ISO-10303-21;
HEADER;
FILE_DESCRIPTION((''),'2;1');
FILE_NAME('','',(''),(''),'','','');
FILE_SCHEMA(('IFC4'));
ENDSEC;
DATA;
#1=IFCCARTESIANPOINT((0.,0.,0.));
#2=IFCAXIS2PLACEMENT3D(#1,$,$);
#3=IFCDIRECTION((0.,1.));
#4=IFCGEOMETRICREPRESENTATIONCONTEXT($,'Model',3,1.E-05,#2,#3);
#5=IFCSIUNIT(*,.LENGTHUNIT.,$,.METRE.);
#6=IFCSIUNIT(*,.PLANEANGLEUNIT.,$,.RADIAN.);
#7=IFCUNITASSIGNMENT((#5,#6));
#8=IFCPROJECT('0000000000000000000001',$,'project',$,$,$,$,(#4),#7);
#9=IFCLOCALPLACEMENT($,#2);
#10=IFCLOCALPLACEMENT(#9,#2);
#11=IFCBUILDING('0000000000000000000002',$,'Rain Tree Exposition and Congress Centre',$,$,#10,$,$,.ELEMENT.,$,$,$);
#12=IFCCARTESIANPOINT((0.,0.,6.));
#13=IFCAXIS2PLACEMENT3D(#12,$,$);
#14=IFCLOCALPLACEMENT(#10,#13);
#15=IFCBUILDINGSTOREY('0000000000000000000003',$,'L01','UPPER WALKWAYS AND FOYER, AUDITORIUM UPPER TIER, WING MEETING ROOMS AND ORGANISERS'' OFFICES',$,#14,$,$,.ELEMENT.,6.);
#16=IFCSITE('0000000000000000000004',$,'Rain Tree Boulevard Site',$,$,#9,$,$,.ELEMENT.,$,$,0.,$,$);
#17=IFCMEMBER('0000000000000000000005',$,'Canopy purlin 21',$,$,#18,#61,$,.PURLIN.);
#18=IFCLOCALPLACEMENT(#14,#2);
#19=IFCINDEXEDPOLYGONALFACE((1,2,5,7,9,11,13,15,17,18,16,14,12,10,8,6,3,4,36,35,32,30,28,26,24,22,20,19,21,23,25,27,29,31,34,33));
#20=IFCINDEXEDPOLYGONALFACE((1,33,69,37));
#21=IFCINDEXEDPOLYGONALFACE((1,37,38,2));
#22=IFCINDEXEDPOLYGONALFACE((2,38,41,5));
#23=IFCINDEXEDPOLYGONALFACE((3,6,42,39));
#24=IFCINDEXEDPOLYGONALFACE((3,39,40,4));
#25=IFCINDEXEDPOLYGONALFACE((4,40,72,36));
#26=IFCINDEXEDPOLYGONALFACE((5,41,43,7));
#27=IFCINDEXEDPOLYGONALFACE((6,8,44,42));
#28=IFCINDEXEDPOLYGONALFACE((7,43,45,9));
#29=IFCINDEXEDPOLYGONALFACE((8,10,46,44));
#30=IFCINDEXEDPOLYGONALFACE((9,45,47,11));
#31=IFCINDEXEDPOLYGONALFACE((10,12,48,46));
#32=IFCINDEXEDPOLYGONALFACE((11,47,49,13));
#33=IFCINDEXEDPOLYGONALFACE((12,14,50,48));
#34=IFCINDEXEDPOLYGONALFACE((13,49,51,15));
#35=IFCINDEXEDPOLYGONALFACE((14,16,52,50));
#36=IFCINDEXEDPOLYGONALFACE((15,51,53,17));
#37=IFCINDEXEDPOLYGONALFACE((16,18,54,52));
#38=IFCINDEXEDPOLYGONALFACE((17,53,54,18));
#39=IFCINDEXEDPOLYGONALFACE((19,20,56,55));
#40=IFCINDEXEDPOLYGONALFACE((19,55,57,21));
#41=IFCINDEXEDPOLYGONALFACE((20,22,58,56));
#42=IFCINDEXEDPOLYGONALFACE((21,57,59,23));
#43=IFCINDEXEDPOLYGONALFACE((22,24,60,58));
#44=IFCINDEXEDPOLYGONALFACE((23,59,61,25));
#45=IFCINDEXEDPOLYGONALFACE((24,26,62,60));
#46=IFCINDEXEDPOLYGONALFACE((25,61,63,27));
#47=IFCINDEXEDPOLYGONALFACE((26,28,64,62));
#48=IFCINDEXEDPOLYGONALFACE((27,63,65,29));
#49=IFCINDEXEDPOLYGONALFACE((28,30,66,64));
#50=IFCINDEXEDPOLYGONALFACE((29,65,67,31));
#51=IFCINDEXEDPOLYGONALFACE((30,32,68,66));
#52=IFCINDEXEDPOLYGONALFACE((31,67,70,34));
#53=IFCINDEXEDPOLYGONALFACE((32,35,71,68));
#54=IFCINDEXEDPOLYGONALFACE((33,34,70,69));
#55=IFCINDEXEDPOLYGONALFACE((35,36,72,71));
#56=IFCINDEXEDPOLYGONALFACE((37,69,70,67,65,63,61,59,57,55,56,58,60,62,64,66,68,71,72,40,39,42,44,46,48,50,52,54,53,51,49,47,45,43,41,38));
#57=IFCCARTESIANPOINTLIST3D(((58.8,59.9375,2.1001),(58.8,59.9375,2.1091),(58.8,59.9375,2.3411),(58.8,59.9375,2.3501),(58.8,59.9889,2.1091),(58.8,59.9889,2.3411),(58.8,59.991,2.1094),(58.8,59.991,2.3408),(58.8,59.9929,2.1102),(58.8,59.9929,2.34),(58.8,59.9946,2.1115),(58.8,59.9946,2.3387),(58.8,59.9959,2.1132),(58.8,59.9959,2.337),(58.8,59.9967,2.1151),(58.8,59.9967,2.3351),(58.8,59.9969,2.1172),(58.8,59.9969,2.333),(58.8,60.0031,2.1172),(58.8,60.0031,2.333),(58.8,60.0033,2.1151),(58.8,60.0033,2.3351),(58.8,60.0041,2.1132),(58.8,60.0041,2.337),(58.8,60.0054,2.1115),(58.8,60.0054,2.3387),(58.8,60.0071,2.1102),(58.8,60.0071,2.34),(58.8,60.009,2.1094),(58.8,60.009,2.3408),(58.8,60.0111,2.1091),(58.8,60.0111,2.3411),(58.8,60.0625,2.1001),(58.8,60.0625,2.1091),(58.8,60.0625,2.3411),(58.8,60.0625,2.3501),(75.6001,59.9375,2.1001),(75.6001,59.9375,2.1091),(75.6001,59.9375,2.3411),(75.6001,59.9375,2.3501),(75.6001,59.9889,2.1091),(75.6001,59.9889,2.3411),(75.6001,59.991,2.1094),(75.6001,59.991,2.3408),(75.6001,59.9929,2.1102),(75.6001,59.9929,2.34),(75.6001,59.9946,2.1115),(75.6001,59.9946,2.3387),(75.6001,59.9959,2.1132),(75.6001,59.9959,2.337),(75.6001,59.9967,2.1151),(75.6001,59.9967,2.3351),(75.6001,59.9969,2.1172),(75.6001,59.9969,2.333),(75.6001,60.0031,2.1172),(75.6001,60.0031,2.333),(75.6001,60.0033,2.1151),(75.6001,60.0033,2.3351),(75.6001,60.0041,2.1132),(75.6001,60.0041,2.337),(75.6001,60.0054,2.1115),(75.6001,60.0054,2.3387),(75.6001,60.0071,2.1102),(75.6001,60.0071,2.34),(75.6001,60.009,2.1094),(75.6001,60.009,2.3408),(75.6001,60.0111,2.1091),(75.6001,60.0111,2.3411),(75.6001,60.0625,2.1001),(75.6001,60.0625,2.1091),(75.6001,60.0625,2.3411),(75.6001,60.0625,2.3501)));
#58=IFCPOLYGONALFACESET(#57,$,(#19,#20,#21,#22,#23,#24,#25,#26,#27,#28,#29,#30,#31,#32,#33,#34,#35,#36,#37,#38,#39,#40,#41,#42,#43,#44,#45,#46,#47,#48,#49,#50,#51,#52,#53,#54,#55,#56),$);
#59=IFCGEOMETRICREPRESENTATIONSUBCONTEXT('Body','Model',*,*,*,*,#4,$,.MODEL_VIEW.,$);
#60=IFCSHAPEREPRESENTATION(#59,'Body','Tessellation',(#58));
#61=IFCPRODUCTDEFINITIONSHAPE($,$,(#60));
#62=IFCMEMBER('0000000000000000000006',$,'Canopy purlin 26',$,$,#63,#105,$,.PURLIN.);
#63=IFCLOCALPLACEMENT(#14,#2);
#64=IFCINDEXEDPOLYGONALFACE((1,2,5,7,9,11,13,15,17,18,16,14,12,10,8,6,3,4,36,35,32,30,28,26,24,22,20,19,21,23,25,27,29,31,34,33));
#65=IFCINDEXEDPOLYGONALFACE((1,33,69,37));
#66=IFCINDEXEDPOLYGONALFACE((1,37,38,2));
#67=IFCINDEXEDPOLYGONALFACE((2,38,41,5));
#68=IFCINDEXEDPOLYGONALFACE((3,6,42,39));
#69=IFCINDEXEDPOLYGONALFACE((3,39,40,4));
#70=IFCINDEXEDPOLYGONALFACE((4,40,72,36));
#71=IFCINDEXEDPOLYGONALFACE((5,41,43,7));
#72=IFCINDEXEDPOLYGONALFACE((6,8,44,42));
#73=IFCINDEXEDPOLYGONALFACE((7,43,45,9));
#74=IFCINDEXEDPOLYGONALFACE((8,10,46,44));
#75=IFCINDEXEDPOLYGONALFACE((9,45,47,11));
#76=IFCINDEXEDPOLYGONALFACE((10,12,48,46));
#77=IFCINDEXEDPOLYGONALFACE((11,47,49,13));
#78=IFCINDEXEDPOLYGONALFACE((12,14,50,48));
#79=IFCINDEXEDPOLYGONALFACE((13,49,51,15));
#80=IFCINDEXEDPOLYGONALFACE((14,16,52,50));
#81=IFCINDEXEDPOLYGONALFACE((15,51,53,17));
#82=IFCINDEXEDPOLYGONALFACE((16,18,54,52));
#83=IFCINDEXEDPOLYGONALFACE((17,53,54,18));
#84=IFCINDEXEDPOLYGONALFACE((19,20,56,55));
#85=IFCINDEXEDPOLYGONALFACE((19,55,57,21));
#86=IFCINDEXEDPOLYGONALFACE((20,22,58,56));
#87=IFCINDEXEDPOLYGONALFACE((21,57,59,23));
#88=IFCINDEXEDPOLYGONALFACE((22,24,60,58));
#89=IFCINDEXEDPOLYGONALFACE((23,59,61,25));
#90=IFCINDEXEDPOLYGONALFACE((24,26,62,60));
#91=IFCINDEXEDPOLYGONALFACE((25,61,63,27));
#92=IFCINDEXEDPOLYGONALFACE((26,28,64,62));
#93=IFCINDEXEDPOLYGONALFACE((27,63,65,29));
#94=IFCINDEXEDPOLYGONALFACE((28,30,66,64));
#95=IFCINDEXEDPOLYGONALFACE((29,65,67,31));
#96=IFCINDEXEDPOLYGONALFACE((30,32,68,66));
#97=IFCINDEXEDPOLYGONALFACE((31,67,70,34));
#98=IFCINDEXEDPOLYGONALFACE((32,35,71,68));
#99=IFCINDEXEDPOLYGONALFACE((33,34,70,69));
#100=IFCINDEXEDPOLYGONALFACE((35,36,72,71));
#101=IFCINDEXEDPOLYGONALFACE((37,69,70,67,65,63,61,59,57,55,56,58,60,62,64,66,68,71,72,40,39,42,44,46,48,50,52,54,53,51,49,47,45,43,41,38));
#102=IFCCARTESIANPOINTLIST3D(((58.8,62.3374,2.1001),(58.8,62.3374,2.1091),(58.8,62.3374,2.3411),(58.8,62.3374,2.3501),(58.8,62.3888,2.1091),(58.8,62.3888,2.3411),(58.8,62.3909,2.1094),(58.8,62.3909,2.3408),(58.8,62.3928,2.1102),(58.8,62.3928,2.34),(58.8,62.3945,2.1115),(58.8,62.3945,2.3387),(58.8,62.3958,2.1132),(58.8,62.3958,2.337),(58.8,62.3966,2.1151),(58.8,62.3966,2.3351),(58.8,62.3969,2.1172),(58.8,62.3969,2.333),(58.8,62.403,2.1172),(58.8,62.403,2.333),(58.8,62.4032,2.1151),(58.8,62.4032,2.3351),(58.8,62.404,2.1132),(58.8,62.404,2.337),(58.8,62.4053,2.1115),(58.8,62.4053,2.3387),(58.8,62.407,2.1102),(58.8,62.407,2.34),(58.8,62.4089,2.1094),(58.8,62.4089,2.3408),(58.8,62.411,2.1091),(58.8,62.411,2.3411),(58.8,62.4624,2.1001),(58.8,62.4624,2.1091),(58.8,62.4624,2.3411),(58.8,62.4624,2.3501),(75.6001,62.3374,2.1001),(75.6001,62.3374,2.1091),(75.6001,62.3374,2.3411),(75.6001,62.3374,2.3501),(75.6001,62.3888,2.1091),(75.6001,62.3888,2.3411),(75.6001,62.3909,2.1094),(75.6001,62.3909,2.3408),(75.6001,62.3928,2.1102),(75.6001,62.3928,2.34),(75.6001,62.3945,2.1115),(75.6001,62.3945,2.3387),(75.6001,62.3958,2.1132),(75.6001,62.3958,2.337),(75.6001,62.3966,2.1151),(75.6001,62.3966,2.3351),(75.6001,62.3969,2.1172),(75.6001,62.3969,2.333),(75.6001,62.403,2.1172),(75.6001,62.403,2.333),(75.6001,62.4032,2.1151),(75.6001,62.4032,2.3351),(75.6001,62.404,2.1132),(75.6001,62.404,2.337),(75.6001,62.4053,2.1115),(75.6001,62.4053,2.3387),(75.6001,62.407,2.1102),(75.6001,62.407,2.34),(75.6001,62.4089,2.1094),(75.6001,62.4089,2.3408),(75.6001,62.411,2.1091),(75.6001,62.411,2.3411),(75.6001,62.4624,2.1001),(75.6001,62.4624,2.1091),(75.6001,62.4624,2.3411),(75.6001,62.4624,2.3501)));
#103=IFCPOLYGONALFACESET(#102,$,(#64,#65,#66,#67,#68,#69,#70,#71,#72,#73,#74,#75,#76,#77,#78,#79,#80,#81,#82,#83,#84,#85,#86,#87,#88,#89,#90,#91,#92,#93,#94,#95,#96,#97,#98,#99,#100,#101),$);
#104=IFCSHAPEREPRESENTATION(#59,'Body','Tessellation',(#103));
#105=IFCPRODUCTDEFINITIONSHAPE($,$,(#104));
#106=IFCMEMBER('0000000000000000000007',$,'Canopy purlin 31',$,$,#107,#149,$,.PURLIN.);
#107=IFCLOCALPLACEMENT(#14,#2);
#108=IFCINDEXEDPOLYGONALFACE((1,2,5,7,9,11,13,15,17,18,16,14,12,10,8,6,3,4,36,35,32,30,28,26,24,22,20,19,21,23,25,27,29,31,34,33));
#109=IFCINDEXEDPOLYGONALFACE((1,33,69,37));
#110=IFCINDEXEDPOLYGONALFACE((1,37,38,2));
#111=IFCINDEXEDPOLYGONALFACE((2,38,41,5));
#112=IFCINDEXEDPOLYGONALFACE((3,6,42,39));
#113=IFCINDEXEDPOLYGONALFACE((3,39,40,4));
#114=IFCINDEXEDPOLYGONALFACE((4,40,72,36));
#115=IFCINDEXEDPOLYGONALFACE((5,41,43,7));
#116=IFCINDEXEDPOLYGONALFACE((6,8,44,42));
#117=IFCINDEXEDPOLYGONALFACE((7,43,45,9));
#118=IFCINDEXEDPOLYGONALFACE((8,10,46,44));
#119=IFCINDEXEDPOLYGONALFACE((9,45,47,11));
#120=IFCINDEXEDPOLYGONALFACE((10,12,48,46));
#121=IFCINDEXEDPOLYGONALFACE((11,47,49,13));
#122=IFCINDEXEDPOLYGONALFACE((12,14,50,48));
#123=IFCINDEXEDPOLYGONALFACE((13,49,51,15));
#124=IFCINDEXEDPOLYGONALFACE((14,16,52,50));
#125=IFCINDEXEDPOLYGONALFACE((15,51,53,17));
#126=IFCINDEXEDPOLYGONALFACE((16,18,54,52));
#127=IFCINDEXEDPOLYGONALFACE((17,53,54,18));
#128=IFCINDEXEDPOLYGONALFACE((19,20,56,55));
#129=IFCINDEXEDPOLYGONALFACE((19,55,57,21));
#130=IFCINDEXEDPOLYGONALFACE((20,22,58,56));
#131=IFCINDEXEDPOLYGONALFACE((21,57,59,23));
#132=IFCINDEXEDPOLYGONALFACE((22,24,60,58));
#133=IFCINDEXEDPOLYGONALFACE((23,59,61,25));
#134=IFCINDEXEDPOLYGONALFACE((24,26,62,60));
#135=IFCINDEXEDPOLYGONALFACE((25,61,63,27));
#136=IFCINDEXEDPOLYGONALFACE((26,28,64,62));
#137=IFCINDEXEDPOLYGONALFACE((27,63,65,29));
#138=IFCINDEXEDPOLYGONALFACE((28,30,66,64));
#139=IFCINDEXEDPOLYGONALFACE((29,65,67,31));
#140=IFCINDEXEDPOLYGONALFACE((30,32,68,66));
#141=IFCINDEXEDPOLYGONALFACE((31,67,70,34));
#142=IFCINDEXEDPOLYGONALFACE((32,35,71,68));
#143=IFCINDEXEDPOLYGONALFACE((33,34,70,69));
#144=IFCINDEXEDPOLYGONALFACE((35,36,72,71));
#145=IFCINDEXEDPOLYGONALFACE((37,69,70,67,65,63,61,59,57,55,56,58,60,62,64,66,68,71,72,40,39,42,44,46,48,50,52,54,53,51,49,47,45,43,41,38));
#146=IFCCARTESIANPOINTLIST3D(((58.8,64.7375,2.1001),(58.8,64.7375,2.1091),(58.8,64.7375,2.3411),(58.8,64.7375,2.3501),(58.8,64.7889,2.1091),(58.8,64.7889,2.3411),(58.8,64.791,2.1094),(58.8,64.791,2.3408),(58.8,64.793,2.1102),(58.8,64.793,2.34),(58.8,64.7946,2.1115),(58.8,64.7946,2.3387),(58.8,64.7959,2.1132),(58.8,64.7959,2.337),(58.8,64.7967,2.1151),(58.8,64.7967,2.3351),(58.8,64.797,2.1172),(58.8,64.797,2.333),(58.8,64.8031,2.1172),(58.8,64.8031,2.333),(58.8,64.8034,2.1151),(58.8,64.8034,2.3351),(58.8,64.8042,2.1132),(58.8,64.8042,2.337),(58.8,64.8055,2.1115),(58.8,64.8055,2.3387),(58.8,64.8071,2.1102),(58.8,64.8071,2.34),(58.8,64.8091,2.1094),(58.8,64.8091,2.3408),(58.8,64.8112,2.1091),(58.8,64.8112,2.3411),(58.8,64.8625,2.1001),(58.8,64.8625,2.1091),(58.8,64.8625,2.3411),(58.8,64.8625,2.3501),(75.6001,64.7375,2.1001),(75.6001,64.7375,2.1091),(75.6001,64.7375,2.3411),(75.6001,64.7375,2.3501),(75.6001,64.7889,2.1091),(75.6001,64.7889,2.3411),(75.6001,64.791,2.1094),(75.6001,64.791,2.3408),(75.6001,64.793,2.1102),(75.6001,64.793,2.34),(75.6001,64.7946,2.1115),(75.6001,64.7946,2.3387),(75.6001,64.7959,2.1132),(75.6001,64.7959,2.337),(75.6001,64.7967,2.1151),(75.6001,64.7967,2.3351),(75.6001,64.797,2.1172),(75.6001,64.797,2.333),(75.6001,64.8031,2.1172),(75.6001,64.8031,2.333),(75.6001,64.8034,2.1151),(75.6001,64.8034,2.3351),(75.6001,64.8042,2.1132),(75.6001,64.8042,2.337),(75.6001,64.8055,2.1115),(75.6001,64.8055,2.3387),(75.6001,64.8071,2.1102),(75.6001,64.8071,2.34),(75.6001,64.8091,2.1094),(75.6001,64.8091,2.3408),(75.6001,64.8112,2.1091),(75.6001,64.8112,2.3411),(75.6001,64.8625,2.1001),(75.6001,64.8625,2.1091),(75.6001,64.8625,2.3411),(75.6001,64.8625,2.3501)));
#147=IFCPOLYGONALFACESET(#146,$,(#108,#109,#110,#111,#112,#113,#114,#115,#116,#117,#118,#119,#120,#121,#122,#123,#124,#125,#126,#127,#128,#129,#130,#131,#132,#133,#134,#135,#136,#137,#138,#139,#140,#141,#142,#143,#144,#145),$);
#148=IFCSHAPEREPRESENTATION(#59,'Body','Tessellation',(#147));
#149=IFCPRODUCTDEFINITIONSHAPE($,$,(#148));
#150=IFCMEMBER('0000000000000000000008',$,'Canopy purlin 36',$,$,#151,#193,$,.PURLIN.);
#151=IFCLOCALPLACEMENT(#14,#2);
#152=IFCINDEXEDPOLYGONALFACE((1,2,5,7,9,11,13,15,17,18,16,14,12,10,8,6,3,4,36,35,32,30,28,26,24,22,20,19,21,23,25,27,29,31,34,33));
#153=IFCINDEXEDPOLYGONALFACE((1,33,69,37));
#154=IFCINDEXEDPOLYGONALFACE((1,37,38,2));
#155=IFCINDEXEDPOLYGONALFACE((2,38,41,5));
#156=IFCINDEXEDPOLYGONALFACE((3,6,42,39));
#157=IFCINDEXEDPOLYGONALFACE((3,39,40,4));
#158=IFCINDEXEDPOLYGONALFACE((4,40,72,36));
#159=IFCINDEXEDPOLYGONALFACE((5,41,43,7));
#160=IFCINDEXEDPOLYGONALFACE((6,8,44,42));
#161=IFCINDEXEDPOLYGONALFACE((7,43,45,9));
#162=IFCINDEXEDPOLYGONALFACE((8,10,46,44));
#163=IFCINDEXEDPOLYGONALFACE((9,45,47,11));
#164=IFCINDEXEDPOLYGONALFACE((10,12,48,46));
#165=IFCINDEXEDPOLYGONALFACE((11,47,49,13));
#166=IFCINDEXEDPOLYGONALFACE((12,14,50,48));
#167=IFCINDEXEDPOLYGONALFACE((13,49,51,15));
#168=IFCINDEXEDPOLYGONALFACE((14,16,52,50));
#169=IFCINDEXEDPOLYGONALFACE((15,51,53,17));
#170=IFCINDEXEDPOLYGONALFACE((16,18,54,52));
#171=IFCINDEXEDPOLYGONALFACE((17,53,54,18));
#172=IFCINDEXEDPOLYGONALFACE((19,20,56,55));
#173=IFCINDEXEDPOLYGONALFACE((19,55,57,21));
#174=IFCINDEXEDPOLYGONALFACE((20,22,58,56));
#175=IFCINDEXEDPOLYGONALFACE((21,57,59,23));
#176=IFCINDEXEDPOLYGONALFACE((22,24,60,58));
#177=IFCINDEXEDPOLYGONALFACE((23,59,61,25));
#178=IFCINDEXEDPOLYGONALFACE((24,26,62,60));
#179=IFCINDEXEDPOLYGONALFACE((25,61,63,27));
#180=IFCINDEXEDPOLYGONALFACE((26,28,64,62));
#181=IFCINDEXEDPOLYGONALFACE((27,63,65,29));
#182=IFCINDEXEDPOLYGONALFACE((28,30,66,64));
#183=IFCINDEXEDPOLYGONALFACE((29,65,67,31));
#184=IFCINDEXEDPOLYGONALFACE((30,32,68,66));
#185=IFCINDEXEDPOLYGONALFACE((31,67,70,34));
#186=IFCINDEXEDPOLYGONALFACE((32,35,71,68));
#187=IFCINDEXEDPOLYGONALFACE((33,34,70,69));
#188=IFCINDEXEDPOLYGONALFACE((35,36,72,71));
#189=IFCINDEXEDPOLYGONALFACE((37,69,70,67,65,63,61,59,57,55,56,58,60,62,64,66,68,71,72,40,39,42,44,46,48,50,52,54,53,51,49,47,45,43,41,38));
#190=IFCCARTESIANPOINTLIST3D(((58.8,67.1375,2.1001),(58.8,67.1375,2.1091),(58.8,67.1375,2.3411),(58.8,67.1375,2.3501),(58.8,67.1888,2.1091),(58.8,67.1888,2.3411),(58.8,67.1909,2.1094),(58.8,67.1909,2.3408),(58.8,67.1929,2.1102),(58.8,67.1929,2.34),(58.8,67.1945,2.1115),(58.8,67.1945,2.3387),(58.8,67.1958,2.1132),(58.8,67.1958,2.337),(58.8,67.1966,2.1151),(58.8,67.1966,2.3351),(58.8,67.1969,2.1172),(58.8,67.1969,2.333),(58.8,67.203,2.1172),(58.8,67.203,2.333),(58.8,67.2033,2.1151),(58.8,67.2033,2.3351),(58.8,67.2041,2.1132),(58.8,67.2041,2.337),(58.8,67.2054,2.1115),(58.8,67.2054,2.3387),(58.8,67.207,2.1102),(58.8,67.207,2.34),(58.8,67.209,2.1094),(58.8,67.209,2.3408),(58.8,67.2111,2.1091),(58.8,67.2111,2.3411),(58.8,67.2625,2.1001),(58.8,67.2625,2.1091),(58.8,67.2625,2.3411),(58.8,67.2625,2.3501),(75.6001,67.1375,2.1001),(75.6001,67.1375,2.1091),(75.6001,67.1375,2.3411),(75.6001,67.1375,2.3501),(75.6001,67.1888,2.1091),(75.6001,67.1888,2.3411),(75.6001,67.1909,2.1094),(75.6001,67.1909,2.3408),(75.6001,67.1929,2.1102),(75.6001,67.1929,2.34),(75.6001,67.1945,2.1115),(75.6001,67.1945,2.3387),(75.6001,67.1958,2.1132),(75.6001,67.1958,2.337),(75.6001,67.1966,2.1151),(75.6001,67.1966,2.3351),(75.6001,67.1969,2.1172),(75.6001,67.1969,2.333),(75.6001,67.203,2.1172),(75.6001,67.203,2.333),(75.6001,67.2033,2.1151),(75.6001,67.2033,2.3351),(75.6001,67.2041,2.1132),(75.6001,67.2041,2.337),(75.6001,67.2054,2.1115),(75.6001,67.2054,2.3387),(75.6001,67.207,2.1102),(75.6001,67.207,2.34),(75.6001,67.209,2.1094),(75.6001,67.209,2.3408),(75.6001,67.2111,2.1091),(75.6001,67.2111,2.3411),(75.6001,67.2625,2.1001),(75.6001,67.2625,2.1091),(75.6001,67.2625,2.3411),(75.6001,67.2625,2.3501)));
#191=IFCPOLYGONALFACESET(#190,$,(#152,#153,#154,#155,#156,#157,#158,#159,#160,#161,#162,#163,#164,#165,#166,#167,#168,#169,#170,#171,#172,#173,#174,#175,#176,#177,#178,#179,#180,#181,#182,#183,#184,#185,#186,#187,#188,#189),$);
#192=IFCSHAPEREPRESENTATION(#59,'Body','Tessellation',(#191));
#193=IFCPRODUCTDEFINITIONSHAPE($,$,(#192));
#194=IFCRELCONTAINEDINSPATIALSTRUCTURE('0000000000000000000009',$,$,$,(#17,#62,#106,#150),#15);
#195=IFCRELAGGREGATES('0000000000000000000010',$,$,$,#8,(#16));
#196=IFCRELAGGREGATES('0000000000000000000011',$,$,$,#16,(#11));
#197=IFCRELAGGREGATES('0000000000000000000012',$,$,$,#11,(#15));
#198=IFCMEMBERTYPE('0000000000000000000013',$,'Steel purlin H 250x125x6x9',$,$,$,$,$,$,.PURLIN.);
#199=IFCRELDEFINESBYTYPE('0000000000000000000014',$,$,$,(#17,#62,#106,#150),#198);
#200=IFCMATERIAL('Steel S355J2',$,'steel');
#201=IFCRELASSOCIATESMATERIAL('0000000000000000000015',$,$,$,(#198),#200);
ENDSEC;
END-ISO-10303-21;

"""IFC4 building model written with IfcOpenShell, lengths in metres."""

from ifc_helpers import new_model, si_unit, direction, frame, origin, origin_2d, place, context, subcontext, project, spatial, i_section, extrude, material, material_profile, profile_set, type_object, element, save


model = new_model("IFC4")

# Units and contexts
model_context = context("Model", 3, precision=1e-05, world=origin(), true_north=direction((0.0, 1.0)))
body_context = subcontext(model_context, "Body", "Model", "MODEL_VIEW")
ifc_project = project(units=[si_unit("LENGTHUNIT", "METRE"), si_unit("PLANEANGLEUNIT", "RADIAN")], contexts=[model_context])

# Site, building, storey
site_placement = place(None, origin())
site = spatial("IfcSite", under=ifc_project, at=site_placement, Name="Rain Tree Boulevard Site", CompositionType="ELEMENT", RefElevation=0.0)
building_placement = place(site_placement, origin())
building = spatial("IfcBuilding", under=site, at=building_placement, Name="Rain Tree Exposition and Congress Centre", CompositionType="ELEMENT")
storey_placement = place(building_placement, frame((0.0, 0.0, 6.0)))
storey = spatial("IfcBuildingStorey", under=building, at=storey_placement, Name="L01", Description="UPPER WALKWAYS AND FOYER, AUDITORIUM UPPER TIER, WING MEETING ROOMS AND ORGANISERS' OFFICES", CompositionType="ELEMENT", Elevation=6.0)

# Members
ifc_material_1 = material(Name="Steel S355J2", Category="steel")
ifc_material_profile_1 = material_profile(ifc_material_1, i_section(OverallWidth=0.125, OverallDepth=0.25, WebThickness=0.0061, FlangeThickness=0.009, FilletRadius=0.0081, at=origin_2d()), Name="H 250x125x6x9")
ifc_profile_set_1 = profile_set([ifc_material_profile_1], Name="Steel S355J2")
member_type = type_object("IfcMemberType", Name="Steel purlin H 250x125x6x9", PredefinedType="PURLIN", material=ifc_profile_set_1)
for number, where, z_axis, x_axis, name in (
    (1, (58.8, 60.0, 2.2251), (1.0, 0.0, 0.0), (0.0, 1.0, 0.0), "Canopy purlin 21"),
    (2, (58.8, 62.3999, 2.2251), (1.0, 0.0, 0.0), (0.0, 1.0, 0.0), "Canopy purlin 26"),
    (3, (58.8, 64.8, 2.2251), (1.0, 0.0, 0.0), (0.0, 1.0, 0.0), "Canopy purlin 31"),
    (4, (58.8, 67.2, 2.2251), (1.0, 0.0, 0.0), (0.0, 1.0, 0.0), "Canopy purlin 36"),
):
    element("IfcMember", number, at=place(storey_placement, frame(where, z_axis=z_axis, x_axis=x_axis)), inside=storey, type_object=member_type, Name=name, PredefinedType="PURLIN", context=body_context, shape_type="SweptSolid", body=[
        extrude(i_section(OverallWidth=0.125, OverallDepth=0.25, WebThickness=0.0061, FlangeThickness=0.009, FilletRadius=0.0081, at=origin_2d()), origin(), (0.0, 0.0, 1.0), 16.8),
    ])

save(model, "model.ifc")
